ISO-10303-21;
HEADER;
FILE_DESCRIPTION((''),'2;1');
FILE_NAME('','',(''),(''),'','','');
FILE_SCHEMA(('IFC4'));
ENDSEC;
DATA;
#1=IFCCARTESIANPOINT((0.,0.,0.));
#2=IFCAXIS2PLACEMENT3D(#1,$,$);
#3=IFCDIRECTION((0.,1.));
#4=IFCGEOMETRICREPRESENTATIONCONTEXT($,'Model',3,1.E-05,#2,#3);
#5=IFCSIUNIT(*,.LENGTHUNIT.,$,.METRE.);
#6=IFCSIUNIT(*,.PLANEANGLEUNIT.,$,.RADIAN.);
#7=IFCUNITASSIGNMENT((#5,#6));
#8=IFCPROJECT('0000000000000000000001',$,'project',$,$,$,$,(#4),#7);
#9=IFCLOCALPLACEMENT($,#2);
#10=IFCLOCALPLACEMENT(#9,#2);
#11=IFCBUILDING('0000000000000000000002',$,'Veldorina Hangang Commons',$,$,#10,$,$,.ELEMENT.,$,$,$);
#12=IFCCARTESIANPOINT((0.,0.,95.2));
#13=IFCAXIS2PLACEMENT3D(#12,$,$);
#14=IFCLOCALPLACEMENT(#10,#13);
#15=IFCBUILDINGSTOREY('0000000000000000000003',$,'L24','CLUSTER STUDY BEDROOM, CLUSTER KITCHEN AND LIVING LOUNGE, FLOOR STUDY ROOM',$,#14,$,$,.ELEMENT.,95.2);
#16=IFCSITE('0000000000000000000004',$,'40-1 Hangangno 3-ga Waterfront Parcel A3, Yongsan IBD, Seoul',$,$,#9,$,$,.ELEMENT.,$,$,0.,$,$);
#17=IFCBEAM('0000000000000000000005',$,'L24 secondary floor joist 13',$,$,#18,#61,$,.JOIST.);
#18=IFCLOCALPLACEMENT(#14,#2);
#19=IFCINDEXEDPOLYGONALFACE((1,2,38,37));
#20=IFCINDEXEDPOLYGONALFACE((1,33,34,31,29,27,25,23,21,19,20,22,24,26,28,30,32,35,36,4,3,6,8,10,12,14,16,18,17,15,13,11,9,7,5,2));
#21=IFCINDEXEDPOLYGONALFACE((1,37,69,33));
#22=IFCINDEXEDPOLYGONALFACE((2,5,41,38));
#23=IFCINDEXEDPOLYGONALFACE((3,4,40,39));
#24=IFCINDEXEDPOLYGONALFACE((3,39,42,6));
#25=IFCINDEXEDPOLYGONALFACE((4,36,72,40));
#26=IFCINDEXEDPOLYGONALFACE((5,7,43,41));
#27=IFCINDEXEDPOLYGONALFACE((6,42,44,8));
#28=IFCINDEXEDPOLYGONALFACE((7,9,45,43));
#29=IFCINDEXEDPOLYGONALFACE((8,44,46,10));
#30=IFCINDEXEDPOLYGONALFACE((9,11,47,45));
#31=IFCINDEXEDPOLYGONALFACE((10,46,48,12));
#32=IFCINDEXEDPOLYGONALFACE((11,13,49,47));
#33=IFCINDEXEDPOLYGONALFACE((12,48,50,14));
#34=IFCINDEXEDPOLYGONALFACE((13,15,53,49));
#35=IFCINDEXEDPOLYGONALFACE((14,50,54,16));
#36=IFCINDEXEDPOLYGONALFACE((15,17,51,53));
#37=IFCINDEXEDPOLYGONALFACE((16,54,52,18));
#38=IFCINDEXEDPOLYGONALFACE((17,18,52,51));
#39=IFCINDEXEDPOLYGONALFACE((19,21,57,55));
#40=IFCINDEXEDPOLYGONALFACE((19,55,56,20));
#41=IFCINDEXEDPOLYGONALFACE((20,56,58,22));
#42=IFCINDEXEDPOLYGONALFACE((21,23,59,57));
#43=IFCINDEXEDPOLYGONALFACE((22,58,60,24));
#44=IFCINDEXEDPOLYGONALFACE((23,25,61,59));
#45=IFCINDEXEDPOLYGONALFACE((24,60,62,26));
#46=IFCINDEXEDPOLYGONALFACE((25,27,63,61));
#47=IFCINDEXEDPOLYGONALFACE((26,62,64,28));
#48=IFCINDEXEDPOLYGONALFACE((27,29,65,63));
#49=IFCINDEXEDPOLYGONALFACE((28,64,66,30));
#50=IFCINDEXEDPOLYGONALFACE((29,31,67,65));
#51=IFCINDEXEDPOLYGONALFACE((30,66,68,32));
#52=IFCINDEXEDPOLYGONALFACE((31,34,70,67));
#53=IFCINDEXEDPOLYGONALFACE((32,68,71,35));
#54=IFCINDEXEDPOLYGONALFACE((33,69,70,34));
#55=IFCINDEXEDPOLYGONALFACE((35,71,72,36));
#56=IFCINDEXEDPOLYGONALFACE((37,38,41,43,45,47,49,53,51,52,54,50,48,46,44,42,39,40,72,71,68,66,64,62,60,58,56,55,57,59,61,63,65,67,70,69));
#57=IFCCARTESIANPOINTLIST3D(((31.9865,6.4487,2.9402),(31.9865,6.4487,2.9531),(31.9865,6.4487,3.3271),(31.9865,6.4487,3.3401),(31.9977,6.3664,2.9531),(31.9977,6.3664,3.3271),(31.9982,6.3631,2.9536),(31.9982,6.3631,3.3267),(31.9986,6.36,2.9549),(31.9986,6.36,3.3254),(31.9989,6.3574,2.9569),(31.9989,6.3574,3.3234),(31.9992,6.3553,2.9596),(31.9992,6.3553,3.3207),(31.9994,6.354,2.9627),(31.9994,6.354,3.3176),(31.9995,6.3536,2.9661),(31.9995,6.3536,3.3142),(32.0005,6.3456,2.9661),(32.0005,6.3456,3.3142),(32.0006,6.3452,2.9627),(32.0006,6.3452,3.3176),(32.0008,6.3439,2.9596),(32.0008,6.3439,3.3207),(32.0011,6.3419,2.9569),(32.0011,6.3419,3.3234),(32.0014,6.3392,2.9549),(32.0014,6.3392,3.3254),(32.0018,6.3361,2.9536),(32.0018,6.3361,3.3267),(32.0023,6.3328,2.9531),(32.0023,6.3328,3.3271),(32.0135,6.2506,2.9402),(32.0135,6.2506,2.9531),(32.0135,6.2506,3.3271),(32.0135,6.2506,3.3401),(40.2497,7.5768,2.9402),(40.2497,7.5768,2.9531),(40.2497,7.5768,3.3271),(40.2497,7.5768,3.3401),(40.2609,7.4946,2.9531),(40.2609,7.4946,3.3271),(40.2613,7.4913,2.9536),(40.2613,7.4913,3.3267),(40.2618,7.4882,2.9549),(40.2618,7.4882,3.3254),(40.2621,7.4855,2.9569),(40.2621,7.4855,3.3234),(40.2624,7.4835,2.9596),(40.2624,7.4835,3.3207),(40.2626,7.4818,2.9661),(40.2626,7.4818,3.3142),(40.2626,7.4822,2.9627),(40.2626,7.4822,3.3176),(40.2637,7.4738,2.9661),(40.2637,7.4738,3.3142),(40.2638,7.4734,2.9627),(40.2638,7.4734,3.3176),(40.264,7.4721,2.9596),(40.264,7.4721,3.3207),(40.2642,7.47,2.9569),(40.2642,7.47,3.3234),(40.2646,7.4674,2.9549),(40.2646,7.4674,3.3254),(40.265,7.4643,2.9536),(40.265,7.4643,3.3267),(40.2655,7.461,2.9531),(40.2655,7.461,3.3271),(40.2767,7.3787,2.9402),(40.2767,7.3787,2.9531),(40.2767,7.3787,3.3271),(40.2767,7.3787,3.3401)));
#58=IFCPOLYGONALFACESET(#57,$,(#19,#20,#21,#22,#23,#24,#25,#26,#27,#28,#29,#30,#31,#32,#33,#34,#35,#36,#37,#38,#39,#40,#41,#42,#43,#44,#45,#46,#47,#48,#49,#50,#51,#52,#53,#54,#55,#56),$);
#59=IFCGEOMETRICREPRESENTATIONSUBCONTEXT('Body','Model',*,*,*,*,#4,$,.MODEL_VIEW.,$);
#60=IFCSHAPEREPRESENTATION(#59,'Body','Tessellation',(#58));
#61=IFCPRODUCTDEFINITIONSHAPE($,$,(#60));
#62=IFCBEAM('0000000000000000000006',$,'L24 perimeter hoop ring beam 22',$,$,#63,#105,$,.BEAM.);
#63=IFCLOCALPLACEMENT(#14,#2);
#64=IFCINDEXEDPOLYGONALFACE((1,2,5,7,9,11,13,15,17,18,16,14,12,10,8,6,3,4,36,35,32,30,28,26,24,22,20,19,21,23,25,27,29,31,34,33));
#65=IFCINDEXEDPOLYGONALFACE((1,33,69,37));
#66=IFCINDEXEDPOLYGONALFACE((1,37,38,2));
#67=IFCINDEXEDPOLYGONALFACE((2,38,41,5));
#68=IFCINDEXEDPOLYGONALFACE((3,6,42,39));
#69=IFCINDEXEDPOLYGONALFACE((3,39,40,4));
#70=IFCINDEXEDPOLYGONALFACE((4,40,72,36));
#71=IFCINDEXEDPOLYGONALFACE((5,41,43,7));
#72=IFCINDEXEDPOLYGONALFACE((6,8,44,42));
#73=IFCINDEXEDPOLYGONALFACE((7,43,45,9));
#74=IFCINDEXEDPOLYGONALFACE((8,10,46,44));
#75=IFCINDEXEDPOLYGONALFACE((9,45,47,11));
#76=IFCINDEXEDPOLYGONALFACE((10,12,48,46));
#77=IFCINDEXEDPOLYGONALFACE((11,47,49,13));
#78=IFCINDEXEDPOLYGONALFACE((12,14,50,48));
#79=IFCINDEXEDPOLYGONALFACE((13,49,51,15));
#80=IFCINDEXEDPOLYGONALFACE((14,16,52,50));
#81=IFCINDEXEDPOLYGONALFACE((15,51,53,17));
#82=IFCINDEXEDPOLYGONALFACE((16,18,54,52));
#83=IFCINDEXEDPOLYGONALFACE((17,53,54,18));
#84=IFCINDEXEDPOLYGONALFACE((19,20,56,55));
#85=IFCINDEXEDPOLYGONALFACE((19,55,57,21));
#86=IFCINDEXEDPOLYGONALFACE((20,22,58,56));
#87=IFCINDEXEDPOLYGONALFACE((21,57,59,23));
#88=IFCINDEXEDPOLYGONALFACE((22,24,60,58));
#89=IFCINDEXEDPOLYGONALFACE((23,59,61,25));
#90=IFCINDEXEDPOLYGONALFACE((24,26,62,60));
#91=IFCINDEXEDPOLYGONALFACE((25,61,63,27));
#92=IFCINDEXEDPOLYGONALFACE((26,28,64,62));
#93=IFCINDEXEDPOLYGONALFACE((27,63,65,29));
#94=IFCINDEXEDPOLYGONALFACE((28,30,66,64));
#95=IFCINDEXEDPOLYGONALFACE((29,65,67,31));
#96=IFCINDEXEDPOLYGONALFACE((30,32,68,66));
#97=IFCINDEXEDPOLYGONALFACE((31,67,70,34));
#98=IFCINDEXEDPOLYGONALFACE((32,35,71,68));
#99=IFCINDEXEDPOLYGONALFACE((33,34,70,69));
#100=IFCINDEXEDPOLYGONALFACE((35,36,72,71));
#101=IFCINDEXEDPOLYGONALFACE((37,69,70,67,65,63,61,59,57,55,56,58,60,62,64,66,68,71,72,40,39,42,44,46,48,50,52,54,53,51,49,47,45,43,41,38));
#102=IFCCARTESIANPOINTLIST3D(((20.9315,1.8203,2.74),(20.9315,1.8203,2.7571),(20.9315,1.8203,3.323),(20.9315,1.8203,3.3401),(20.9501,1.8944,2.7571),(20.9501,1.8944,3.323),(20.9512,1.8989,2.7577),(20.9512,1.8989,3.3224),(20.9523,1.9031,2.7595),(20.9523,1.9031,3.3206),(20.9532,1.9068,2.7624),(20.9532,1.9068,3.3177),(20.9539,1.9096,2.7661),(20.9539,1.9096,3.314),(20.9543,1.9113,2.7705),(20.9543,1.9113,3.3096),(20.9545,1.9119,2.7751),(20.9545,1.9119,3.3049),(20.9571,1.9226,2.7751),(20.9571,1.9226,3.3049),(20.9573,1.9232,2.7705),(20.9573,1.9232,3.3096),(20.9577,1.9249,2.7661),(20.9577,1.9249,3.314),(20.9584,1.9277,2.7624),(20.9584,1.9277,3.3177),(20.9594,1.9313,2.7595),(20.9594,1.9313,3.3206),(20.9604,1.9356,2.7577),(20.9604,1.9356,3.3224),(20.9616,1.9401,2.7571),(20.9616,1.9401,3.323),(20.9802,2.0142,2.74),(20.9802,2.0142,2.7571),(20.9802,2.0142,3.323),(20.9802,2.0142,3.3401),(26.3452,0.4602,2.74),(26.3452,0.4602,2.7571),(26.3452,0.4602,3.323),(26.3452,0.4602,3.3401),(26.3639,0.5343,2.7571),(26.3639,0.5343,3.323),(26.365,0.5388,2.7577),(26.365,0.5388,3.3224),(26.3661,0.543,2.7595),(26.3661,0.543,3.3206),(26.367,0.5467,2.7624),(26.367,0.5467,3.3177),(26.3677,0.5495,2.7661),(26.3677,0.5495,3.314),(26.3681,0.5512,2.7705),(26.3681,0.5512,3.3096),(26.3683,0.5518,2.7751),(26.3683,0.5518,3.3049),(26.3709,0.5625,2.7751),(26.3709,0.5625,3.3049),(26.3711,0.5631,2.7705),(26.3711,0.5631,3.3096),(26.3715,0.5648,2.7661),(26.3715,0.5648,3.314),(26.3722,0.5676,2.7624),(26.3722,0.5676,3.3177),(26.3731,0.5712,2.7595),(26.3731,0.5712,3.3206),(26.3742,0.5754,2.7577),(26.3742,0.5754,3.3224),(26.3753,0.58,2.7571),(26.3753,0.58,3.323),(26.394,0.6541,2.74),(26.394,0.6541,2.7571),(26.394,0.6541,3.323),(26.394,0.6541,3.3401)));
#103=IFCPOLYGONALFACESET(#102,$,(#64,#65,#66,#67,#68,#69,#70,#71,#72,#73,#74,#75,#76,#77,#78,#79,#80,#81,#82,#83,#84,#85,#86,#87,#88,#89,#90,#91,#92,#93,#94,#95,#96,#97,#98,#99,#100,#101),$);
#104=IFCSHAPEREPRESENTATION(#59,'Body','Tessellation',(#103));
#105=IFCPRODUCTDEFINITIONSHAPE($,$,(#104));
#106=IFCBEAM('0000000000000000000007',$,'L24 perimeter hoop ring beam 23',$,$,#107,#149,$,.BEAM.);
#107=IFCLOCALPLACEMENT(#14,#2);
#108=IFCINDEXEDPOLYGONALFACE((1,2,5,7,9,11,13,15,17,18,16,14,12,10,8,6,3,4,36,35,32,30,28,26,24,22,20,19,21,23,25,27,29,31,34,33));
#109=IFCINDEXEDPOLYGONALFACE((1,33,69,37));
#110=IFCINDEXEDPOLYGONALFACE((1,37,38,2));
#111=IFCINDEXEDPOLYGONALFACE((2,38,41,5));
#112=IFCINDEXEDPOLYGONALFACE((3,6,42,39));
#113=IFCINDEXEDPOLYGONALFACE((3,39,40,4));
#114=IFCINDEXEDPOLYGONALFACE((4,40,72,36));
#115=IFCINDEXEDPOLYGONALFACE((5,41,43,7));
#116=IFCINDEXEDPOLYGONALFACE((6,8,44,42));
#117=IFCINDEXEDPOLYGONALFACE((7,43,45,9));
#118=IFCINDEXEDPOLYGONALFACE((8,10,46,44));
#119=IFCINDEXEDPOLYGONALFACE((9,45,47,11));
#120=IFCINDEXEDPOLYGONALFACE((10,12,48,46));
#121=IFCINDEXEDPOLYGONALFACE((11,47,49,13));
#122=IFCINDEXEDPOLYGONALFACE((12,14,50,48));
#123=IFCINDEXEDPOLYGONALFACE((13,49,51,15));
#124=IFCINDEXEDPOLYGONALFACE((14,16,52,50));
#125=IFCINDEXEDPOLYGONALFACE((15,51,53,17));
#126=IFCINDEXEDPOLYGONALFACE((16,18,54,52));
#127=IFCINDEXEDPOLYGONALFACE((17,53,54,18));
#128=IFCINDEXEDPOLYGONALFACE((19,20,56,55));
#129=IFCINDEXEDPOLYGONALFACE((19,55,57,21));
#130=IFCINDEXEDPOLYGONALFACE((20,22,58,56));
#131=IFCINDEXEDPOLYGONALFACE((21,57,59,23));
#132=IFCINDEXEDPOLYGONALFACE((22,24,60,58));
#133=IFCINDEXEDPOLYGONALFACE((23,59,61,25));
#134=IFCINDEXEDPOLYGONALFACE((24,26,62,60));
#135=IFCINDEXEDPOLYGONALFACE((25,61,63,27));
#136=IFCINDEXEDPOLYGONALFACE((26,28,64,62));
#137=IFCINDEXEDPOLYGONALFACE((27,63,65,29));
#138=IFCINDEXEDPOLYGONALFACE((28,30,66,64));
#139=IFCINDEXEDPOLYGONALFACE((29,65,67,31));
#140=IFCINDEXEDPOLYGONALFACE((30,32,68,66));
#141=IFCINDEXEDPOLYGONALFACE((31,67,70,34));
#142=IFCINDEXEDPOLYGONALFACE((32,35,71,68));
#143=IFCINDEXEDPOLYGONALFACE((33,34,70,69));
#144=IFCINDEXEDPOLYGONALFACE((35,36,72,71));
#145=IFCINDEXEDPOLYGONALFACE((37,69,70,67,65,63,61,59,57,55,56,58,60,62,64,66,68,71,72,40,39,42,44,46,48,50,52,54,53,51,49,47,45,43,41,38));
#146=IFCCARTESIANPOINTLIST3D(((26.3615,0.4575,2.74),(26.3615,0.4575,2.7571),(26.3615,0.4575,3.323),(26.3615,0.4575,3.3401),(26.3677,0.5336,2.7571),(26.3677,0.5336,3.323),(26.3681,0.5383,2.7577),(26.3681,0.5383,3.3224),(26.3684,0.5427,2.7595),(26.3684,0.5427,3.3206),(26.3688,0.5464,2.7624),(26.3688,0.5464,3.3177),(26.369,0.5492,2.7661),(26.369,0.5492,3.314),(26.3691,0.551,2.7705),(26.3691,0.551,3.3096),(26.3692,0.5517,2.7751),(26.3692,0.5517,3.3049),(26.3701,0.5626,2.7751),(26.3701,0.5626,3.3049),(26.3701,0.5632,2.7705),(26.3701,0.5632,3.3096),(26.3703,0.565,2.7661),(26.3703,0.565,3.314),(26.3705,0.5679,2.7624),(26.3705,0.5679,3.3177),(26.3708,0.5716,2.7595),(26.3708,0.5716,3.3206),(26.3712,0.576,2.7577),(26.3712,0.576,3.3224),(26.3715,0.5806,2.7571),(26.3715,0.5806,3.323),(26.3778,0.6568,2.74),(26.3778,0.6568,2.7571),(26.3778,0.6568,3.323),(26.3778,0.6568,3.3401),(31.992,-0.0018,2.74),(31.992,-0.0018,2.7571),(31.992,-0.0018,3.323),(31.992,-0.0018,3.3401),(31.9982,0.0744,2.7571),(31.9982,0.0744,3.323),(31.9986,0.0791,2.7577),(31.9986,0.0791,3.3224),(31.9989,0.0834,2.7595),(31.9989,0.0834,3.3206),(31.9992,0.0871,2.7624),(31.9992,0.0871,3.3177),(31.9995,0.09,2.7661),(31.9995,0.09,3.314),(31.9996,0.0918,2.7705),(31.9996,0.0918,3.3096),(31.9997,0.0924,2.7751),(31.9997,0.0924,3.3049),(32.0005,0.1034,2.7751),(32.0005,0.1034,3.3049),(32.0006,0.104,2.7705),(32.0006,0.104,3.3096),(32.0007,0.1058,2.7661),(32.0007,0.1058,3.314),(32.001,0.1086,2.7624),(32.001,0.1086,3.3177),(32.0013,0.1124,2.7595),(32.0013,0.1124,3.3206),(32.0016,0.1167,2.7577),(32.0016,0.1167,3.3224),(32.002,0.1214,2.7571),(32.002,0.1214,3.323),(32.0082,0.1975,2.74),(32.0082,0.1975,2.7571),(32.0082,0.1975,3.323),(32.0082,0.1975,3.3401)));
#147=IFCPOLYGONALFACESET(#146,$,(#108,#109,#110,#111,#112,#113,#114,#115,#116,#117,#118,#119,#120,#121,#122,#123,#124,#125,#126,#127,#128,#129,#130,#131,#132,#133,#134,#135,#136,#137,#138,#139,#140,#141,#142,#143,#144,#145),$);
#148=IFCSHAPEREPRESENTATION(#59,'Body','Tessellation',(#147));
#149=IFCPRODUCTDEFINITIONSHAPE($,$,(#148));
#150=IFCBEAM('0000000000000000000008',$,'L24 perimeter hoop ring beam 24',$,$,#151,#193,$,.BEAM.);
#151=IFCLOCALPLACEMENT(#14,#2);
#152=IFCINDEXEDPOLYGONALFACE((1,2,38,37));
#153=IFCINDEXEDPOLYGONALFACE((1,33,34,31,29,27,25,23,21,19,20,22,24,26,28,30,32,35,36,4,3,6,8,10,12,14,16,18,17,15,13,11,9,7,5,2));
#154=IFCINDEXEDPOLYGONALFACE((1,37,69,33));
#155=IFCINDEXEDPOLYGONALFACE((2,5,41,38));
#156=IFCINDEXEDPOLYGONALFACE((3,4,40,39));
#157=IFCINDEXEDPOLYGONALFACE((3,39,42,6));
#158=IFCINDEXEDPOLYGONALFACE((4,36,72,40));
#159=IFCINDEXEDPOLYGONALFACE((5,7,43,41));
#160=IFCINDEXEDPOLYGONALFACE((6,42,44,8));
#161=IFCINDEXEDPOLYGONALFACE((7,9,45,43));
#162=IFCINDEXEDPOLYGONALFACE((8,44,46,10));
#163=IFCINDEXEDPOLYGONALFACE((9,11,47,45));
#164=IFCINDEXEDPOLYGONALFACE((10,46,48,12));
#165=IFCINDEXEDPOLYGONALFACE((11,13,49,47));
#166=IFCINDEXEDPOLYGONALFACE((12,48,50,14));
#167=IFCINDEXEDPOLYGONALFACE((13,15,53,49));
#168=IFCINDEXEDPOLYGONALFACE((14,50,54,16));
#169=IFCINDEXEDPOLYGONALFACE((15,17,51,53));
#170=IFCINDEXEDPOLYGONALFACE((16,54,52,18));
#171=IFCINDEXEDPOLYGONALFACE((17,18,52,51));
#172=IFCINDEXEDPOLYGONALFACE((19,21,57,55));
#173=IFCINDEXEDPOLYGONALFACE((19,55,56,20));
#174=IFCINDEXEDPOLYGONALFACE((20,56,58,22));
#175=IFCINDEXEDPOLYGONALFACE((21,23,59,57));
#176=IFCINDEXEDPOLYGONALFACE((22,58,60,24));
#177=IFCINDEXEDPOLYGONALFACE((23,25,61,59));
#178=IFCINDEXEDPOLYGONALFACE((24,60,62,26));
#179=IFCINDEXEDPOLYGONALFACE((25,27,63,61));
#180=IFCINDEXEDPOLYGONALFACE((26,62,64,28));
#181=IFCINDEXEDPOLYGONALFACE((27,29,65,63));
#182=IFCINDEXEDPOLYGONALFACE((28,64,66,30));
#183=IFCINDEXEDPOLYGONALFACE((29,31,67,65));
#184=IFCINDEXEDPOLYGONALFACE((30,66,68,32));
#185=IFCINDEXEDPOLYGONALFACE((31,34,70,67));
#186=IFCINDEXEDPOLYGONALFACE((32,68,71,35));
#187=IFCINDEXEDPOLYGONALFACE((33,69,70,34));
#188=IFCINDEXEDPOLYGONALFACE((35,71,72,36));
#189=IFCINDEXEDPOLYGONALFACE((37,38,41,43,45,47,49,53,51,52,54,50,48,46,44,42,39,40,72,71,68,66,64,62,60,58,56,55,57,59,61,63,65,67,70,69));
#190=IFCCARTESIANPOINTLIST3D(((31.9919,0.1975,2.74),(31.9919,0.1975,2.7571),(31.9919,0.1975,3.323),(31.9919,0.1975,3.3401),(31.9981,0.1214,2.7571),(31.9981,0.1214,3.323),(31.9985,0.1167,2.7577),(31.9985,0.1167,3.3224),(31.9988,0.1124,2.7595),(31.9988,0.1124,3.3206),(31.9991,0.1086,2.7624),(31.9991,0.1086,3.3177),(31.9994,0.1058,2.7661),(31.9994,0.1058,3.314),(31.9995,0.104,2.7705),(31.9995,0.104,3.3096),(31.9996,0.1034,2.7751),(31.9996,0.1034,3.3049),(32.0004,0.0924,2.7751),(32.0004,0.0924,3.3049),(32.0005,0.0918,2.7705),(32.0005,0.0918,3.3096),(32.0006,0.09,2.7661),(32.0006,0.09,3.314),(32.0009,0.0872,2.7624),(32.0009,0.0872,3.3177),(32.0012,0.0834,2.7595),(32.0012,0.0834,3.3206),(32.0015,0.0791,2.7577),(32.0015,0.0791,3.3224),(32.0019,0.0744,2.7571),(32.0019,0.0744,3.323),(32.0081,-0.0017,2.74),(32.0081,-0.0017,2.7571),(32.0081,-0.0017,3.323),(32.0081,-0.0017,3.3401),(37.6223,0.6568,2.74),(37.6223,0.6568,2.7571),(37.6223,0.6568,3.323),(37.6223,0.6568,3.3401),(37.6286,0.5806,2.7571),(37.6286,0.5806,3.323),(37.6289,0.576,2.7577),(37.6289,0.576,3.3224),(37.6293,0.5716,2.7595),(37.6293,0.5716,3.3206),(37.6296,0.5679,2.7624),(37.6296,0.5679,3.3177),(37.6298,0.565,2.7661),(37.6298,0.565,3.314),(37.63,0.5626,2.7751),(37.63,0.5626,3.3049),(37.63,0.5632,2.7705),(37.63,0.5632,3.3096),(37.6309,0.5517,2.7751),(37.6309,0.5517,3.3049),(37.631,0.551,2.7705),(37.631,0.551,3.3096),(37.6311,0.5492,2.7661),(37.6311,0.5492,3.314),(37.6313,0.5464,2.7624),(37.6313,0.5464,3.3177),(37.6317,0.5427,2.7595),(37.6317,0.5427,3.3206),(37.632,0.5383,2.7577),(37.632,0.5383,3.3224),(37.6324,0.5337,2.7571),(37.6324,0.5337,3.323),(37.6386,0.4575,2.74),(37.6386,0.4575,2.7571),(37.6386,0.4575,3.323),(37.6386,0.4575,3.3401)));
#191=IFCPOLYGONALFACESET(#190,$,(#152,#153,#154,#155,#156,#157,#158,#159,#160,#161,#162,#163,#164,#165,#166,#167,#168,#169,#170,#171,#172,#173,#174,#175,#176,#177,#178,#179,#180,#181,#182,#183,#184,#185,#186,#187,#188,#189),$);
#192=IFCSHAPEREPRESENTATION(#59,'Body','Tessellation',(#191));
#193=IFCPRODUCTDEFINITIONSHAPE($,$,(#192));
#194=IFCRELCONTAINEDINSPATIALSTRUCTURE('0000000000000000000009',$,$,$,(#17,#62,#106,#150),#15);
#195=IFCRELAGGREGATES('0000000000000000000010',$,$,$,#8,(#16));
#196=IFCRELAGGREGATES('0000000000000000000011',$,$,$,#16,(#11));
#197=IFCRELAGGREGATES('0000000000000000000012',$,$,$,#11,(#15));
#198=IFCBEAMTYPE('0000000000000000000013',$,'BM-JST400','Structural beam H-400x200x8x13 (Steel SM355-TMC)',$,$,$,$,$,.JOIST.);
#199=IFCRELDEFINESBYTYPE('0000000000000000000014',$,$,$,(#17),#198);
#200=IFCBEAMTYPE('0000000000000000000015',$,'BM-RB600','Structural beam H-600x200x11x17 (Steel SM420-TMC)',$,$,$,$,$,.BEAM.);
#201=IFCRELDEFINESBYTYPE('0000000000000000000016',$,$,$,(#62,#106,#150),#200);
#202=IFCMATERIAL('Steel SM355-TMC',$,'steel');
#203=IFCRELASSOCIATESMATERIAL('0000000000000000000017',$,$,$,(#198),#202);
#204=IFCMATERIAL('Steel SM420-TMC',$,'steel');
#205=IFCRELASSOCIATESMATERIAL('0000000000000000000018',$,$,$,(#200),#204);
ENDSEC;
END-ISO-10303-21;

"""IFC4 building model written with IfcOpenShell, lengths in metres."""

from ifc_helpers import new_model, si_unit, direction, frame, origin, origin_2d, place, context, subcontext, project, spatial, i_section, extrude, material, material_profile, profile_set, type_object, element, save


model = new_model("IFC4")

# Units and contexts
model_context = context("Model", 3, precision=1e-05, world=origin(), true_north=direction((0.0, 1.0)))
body_context = subcontext(model_context, "Body", "Model", "MODEL_VIEW")
ifc_project = project(units=[si_unit("LENGTHUNIT", "METRE"), si_unit("PLANEANGLEUNIT", "RADIAN")], contexts=[model_context])

# Site, building, storey
site_placement = place(None, origin())
site = spatial("IfcSite", under=ifc_project, at=site_placement, Name="40-1 Hangangno 3-ga Waterfront Parcel A3, Yongsan IBD, Seoul", CompositionType="ELEMENT", RefElevation=0.0)
building_placement = place(site_placement, origin())
building = spatial("IfcBuilding", under=site, at=building_placement, Name="Veldorina Hangang Commons", CompositionType="ELEMENT")
storey_placement = place(building_placement, frame((0.0, 0.0, 95.2)))
storey = spatial("IfcBuildingStorey", under=building, at=storey_placement, Name="L24", Description="CLUSTER STUDY BEDROOM, CLUSTER KITCHEN AND LIVING LOUNGE, FLOOR STUDY ROOM", CompositionType="ELEMENT", Elevation=95.2)

# Beams
ifc_material_1 = material(Name="Steel SM355-TMC", Category="steel")
ifc_material_profile_1 = material_profile(ifc_material_1, i_section(OverallWidth=0.2, OverallDepth=0.3999, WebThickness=0.0081, FlangeThickness=0.0129, FilletRadius=0.0129, at=origin_2d()), Name="H-400x200x8x13")
ifc_profile_set_1 = profile_set([ifc_material_profile_1], Name="Steel SM355-TMC")
beam_type_1 = type_object("IfcBeamType", Name="BM-JST400", Description="Structural beam H-400x200x8x13 (Steel SM355-TMC)", PredefinedType="JOIST", material=ifc_profile_set_1)
beam_1_placement = place(storey_placement, frame((32.0, 6.3496, 3.1401), z_axis=(0.990808, 0.135275, 0.0), x_axis=(-0.135275, 0.990808, 0.0)))
element("IfcBeam", 1, at=beam_1_placement, inside=storey, type_object=beam_type_1, Name="L24 secondary floor joist 13", PredefinedType="JOIST", context=body_context, shape_type="SweptSolid", body=[
    extrude(i_section(OverallWidth=0.2, OverallDepth=0.3999, WebThickness=0.0081, FlangeThickness=0.0129, FilletRadius=0.0129, at=origin_2d()), origin(), (0.0, 0.0, 1.0), 8.3398),
])
ifc_material_2 = material(Name="Steel SM420-TMC", Category="steel")
ifc_material_profile_2 = material_profile(ifc_material_2, i_section(OverallWidth=0.2, OverallDepth=0.6001, WebThickness=0.011, FlangeThickness=0.0171, FilletRadius=0.0181, at=origin_2d()), Name="H-600x200x11x17")
ifc_profile_set_2 = profile_set([ifc_material_profile_2], Name="Steel SM420-TMC")
beam_type_2 = type_object("IfcBeamType", Name="BM-RB600", Description="Structural beam H-600x200x11x17 (Steel SM420-TMC)", PredefinedType="BEAM", material=ifc_profile_set_2)
beam_2_placement = place(storey_placement, frame((20.9558, 1.9172, 3.04), z_axis=(0.969861, -0.243657, 0.0), x_axis=(0.243657, 0.969861, 0.0)))
element("IfcBeam", 2, at=beam_2_placement, inside=storey, type_object=beam_type_2, Name="L24 perimeter hoop ring beam 22", PredefinedType="BEAM", context=body_context, shape_type="SweptSolid", body=[
    extrude(i_section(OverallWidth=0.2, OverallDepth=0.6001, WebThickness=0.011, FlangeThickness=0.0171, FilletRadius=0.0181, at=origin_2d()), origin(), (0.0, 0.0, 1.0), 5.582),
])
for number, where, z_axis, x_axis, name in (
    (3, (26.3696, 0.5571, 3.04), (0.99669, -0.081293, 0.0), (0.081293, 0.99669, 0.0), "L24 perimeter hoop ring beam 23"),
    (4, (32.0, 0.0979, 3.04), (0.99669, 0.081293, 0.0), (-0.081293, 0.99669, 0.0), "L24 perimeter hoop ring beam 24"),
):
    element("IfcBeam", number, at=place(storey_placement, frame(where, z_axis=z_axis, x_axis=x_axis)), inside=storey, type_object=beam_type_2, Name=name, PredefinedType="BEAM", context=body_context, shape_type="SweptSolid", body=[
        extrude(i_section(OverallWidth=0.2, OverallDepth=0.6001, WebThickness=0.011, FlangeThickness=0.0171, FilletRadius=0.0181, at=origin_2d()), origin(), (0.0, 0.0, 1.0), 5.6492),
    ])

save(model, "model.ifc")
